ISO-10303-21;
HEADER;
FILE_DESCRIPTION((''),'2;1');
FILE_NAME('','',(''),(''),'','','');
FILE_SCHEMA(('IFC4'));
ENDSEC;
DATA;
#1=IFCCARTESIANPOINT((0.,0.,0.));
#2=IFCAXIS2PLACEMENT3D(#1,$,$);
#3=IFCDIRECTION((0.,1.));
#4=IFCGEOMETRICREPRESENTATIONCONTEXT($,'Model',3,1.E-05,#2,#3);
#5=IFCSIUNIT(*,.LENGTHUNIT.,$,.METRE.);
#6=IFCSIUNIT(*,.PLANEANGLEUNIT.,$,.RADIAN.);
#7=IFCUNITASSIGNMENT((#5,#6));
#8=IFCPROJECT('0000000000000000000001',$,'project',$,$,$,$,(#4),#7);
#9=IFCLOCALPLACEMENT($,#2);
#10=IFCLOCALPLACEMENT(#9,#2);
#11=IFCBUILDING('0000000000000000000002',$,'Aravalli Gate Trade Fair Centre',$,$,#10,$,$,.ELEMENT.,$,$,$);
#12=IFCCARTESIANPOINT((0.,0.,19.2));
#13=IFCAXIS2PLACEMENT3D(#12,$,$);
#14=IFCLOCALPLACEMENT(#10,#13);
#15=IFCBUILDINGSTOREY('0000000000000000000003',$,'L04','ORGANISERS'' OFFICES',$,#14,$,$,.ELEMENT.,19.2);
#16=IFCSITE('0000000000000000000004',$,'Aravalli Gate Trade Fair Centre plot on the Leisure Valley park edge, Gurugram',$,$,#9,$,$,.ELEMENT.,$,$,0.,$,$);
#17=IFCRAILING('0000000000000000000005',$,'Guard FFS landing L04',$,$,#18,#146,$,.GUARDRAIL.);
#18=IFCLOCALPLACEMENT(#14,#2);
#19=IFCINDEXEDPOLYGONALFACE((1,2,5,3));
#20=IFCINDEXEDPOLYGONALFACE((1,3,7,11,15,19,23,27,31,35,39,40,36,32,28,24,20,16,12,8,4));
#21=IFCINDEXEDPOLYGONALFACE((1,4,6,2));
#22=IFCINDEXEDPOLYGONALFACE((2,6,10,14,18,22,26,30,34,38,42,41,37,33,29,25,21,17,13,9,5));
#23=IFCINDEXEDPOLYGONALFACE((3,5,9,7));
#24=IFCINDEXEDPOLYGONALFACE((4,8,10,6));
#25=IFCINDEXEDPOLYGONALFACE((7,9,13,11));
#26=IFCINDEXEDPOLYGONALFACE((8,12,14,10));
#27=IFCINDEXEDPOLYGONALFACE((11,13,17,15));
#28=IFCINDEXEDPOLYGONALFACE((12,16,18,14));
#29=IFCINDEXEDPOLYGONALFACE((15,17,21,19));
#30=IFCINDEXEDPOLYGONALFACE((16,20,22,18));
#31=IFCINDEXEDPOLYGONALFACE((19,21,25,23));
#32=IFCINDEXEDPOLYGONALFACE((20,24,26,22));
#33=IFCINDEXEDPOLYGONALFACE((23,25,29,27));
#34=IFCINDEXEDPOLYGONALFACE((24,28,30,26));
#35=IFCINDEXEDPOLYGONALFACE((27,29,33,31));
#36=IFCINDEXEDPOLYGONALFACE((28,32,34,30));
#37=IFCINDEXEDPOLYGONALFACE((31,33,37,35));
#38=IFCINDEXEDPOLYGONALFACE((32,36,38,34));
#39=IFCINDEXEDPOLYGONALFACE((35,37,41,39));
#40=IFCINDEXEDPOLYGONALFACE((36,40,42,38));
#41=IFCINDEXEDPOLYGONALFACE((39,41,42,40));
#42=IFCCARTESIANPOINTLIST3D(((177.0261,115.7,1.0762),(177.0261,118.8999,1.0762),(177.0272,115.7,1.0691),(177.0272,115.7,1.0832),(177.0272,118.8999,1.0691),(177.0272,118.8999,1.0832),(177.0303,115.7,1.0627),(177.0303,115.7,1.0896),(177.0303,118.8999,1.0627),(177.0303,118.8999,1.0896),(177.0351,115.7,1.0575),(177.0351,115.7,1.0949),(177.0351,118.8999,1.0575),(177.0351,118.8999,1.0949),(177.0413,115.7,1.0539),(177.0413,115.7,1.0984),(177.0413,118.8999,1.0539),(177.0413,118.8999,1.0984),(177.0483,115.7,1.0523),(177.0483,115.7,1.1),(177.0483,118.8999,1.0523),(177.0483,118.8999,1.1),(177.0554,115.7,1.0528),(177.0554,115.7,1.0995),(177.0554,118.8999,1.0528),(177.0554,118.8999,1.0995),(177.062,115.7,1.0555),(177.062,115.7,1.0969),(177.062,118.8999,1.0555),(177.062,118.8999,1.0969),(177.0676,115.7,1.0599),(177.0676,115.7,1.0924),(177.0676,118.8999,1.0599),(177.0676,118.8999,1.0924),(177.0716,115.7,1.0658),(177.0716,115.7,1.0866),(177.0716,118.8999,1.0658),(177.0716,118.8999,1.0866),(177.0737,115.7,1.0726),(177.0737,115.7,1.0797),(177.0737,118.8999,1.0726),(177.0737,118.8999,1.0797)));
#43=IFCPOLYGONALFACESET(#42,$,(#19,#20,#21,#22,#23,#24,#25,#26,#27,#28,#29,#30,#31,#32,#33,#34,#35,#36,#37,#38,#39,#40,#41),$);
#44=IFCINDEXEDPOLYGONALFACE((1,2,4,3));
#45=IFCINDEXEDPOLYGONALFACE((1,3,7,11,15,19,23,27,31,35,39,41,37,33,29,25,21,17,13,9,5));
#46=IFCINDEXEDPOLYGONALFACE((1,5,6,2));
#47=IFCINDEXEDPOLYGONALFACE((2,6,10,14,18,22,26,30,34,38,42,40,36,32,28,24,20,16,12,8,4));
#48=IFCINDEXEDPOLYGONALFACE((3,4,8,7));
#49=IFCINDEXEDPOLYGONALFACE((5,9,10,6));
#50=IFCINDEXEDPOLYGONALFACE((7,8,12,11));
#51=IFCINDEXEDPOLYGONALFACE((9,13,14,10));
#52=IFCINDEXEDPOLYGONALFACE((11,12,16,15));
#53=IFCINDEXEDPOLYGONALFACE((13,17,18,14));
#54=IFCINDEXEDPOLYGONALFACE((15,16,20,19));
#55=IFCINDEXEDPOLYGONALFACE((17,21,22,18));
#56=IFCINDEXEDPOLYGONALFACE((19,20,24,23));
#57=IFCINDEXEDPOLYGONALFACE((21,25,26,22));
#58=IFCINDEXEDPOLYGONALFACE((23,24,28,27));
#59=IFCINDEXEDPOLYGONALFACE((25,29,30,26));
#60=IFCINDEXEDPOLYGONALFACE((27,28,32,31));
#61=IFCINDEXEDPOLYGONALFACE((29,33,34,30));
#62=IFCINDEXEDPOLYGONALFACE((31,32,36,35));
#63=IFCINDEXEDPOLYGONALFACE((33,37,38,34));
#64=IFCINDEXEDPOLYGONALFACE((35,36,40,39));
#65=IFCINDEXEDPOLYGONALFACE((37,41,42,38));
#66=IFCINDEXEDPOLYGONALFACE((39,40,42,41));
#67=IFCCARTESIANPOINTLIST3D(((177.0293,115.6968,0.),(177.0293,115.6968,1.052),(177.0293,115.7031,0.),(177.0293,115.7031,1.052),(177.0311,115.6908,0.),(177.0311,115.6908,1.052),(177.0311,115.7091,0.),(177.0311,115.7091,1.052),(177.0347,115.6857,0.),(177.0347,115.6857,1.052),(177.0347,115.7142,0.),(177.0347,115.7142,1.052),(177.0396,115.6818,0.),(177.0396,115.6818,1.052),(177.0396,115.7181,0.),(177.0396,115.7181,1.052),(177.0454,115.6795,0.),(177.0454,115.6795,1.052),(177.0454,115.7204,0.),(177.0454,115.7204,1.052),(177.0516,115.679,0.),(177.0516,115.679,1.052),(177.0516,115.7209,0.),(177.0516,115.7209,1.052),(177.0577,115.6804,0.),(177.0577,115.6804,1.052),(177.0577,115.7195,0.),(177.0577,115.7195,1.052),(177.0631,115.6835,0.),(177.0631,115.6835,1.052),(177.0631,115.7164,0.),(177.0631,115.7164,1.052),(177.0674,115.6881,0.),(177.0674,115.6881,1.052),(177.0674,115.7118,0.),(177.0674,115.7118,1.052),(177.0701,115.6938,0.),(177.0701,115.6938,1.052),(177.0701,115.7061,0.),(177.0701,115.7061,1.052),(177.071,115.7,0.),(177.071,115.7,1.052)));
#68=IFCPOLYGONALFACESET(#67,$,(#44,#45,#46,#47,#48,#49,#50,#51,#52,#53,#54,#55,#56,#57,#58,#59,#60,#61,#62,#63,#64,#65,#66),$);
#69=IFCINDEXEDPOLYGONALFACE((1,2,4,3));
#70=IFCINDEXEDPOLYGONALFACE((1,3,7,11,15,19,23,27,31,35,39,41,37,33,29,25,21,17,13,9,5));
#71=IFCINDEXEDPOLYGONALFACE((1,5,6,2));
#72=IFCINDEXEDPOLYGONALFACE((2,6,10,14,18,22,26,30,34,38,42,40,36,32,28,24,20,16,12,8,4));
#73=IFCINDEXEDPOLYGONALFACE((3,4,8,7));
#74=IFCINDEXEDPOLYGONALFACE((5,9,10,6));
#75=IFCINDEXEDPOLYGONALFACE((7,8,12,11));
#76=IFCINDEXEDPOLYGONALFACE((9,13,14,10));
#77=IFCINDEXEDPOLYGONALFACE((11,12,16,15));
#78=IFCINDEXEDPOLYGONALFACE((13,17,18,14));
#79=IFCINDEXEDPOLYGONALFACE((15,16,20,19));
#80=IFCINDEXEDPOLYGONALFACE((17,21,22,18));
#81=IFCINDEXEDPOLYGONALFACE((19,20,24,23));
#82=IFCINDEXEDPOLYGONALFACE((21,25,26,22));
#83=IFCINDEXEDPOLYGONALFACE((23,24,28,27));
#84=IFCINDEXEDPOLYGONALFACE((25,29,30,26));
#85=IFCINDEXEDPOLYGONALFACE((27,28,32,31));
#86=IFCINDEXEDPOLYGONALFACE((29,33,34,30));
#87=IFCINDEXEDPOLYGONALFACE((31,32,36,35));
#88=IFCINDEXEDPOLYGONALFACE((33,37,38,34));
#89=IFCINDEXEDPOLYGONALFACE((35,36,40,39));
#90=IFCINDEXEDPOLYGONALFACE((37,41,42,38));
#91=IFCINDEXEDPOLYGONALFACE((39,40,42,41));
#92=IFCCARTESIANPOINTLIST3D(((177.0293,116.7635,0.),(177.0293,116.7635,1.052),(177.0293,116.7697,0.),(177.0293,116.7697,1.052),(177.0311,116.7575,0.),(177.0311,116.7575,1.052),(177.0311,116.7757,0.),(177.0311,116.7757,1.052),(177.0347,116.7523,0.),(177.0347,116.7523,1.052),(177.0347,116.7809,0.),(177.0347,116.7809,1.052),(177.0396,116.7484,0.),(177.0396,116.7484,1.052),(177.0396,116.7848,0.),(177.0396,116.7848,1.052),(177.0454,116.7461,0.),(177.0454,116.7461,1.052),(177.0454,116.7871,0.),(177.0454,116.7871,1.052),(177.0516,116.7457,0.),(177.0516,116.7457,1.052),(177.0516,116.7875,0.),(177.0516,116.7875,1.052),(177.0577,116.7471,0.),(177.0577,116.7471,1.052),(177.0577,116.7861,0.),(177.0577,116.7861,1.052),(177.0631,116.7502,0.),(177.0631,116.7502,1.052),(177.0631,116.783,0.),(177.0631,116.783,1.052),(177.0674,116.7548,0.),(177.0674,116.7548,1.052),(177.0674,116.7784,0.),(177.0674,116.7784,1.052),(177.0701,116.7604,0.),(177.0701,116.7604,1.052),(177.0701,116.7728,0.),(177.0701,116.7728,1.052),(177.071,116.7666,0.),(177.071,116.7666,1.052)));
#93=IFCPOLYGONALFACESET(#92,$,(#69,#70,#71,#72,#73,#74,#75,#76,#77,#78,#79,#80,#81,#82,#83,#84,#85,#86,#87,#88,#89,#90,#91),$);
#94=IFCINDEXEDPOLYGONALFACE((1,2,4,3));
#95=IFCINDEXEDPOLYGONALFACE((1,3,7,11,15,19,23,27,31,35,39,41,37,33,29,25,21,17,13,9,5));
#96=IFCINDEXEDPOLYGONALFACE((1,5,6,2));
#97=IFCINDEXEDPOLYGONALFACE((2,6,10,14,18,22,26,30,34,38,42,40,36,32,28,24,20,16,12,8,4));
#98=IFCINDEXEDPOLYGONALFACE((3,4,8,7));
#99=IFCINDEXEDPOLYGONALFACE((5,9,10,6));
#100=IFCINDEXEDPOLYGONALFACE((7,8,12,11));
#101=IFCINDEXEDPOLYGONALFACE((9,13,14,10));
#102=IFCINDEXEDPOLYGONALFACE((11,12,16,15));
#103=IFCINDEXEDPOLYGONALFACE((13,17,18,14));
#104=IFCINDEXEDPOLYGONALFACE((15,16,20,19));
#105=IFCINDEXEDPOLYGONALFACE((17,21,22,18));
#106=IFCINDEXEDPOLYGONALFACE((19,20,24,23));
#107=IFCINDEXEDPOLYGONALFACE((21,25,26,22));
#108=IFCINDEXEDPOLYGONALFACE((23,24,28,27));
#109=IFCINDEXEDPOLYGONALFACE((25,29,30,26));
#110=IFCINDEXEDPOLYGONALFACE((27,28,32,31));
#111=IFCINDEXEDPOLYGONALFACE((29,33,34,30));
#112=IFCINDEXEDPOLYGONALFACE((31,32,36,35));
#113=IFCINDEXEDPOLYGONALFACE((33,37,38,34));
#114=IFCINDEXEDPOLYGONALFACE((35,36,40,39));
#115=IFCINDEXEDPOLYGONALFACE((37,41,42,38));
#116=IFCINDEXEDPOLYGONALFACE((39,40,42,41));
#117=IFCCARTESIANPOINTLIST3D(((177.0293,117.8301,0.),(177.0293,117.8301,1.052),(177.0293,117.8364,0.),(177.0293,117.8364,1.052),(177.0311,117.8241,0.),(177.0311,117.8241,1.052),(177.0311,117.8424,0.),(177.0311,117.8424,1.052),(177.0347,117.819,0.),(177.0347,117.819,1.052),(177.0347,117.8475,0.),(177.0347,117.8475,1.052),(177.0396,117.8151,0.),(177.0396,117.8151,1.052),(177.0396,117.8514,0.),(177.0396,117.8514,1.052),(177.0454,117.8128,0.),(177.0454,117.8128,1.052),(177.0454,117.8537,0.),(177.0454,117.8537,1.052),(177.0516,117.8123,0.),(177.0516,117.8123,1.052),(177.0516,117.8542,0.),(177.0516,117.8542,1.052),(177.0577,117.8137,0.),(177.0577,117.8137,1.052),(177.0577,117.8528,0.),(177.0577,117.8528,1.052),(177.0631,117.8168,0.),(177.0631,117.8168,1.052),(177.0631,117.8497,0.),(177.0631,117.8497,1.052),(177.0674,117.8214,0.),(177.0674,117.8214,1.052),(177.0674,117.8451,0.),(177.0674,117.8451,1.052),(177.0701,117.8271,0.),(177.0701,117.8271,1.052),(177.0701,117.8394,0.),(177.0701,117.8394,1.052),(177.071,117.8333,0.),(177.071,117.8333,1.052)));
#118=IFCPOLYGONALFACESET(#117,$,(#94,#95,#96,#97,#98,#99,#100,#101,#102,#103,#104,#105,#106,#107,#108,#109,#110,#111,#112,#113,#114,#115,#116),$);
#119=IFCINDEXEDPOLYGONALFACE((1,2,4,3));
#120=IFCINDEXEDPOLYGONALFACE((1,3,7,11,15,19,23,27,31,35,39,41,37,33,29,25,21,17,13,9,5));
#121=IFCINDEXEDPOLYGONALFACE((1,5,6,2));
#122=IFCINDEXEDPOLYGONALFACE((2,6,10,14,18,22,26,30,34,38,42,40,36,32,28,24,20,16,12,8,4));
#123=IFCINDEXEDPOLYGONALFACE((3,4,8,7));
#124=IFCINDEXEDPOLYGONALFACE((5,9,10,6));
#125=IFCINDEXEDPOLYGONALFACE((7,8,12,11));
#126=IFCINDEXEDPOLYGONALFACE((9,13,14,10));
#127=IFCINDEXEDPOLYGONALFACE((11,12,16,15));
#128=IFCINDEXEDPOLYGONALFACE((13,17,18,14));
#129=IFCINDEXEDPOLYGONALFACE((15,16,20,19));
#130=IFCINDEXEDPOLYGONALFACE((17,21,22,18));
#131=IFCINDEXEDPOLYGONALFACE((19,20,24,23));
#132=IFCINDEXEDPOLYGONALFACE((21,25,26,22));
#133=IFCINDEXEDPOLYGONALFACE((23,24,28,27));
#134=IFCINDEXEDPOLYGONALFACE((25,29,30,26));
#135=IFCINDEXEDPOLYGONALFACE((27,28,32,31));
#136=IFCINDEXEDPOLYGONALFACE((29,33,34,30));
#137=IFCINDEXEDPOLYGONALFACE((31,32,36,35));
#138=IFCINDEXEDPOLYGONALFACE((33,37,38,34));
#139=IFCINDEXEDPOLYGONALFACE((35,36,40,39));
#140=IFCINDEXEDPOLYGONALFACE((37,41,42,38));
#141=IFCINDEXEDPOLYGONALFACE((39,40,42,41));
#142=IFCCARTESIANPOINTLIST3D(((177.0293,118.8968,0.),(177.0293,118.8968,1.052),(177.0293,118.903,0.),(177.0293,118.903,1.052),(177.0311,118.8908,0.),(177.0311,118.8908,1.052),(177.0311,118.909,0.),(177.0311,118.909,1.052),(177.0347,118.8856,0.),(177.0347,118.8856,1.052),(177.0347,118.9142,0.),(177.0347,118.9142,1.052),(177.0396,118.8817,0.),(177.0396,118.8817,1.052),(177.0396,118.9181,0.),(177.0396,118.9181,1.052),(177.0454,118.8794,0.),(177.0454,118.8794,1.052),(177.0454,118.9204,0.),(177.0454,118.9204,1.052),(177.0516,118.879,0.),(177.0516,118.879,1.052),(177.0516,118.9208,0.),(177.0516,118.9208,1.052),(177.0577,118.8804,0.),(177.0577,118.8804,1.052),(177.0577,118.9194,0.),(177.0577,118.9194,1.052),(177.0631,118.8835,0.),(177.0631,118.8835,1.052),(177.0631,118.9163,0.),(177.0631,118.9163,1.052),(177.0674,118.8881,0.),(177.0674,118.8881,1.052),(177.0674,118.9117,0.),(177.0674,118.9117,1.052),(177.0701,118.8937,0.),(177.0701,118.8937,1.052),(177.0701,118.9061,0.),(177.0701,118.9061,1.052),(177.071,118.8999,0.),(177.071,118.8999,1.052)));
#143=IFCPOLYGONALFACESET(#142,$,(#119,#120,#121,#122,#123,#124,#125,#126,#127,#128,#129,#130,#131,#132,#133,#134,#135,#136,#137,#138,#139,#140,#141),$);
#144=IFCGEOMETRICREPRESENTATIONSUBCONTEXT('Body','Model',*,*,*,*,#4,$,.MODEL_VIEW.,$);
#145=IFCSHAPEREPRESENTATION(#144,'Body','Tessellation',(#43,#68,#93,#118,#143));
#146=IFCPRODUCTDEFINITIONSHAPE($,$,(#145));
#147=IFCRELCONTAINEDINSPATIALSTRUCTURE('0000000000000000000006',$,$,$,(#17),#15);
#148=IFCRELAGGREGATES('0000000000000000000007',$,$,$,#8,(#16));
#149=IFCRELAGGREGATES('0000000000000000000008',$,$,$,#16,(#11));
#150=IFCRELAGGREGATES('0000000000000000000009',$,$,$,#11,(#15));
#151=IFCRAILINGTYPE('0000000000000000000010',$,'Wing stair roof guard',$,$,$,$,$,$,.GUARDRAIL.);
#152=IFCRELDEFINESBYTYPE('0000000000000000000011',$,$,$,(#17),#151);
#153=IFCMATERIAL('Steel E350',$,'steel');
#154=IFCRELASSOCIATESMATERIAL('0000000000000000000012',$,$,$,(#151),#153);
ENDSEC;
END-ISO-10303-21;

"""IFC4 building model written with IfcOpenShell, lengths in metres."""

from ifc_helpers import new_model, si_unit, direction, frame, origin, origin_2d, place, context, subcontext, project, spatial, circle, extrude, material, type_object, element, save


model = new_model("IFC4")

# Units and contexts
model_context = context("Model", 3, precision=1e-05, world=origin(), true_north=direction((0.0, 1.0)))
body_context = subcontext(model_context, "Body", "Model", "MODEL_VIEW")
ifc_project = project(units=[si_unit("LENGTHUNIT", "METRE"), si_unit("PLANEANGLEUNIT", "RADIAN")], contexts=[model_context])

# Site, building, storey
site_placement = place(None, origin())
site = spatial("IfcSite", under=ifc_project, at=site_placement, Name="Aravalli Gate Trade Fair Centre plot on the Leisure Valley park edge, Gurugram", CompositionType="ELEMENT", RefElevation=0.0)
building_placement = place(site_placement, origin())
building = spatial("IfcBuilding", under=site, at=building_placement, Name="Aravalli Gate Trade Fair Centre", CompositionType="ELEMENT")
storey_placement = place(building_placement, frame((0.0, 0.0, 19.2)))
storey = spatial("IfcBuildingStorey", under=building, at=storey_placement, Name="L04", Description="ORGANISERS' OFFICES", CompositionType="ELEMENT", Elevation=19.2)

# Shared definitions
ifc_material_1 = material(Name="Steel E350", Category="steel")

# Railing
railing_type = type_object("IfcRailingType", Name="Wing stair roof guard", PredefinedType="GUARDRAIL", material=ifc_material_1)
railing_placement = place(storey_placement, frame((177.05, 115.7, 0.0)))
element("IfcRailing", 1, at=railing_placement, inside=storey, type_object=railing_type, Name="Guard FFS landing L04", PredefinedType="GUARDRAIL", context=body_context, shape_type="SweptSolid", body=[
    extrude(circle(Radius=0.0239, at=origin_2d()), frame((0.0, 0.0, 1.0762), z_axis=(0.0, 1.0, 0.0), x_axis=(-1.0, 0.0, 0.0)), (0.0, 0.0, 1.0), 3.2),
    extrude(circle(Radius=0.021, at=origin_2d()), origin(), (0.0, 0.0, 1.0), 1.052),
    extrude(circle(Radius=0.021, at=origin_2d()), frame((0.0, 1.0667, 0.0)), (0.0, 0.0, 1.0), 1.052),
    extrude(circle(Radius=0.021, at=origin_2d()), frame((0.0, 2.1333, 0.0)), (0.0, 0.0, 1.0), 1.052),
    extrude(circle(Radius=0.021, at=origin_2d()), frame((0.0, 3.2, 0.0)), (0.0, 0.0, 1.0), 1.052),
])

save(model, "model.ifc")
